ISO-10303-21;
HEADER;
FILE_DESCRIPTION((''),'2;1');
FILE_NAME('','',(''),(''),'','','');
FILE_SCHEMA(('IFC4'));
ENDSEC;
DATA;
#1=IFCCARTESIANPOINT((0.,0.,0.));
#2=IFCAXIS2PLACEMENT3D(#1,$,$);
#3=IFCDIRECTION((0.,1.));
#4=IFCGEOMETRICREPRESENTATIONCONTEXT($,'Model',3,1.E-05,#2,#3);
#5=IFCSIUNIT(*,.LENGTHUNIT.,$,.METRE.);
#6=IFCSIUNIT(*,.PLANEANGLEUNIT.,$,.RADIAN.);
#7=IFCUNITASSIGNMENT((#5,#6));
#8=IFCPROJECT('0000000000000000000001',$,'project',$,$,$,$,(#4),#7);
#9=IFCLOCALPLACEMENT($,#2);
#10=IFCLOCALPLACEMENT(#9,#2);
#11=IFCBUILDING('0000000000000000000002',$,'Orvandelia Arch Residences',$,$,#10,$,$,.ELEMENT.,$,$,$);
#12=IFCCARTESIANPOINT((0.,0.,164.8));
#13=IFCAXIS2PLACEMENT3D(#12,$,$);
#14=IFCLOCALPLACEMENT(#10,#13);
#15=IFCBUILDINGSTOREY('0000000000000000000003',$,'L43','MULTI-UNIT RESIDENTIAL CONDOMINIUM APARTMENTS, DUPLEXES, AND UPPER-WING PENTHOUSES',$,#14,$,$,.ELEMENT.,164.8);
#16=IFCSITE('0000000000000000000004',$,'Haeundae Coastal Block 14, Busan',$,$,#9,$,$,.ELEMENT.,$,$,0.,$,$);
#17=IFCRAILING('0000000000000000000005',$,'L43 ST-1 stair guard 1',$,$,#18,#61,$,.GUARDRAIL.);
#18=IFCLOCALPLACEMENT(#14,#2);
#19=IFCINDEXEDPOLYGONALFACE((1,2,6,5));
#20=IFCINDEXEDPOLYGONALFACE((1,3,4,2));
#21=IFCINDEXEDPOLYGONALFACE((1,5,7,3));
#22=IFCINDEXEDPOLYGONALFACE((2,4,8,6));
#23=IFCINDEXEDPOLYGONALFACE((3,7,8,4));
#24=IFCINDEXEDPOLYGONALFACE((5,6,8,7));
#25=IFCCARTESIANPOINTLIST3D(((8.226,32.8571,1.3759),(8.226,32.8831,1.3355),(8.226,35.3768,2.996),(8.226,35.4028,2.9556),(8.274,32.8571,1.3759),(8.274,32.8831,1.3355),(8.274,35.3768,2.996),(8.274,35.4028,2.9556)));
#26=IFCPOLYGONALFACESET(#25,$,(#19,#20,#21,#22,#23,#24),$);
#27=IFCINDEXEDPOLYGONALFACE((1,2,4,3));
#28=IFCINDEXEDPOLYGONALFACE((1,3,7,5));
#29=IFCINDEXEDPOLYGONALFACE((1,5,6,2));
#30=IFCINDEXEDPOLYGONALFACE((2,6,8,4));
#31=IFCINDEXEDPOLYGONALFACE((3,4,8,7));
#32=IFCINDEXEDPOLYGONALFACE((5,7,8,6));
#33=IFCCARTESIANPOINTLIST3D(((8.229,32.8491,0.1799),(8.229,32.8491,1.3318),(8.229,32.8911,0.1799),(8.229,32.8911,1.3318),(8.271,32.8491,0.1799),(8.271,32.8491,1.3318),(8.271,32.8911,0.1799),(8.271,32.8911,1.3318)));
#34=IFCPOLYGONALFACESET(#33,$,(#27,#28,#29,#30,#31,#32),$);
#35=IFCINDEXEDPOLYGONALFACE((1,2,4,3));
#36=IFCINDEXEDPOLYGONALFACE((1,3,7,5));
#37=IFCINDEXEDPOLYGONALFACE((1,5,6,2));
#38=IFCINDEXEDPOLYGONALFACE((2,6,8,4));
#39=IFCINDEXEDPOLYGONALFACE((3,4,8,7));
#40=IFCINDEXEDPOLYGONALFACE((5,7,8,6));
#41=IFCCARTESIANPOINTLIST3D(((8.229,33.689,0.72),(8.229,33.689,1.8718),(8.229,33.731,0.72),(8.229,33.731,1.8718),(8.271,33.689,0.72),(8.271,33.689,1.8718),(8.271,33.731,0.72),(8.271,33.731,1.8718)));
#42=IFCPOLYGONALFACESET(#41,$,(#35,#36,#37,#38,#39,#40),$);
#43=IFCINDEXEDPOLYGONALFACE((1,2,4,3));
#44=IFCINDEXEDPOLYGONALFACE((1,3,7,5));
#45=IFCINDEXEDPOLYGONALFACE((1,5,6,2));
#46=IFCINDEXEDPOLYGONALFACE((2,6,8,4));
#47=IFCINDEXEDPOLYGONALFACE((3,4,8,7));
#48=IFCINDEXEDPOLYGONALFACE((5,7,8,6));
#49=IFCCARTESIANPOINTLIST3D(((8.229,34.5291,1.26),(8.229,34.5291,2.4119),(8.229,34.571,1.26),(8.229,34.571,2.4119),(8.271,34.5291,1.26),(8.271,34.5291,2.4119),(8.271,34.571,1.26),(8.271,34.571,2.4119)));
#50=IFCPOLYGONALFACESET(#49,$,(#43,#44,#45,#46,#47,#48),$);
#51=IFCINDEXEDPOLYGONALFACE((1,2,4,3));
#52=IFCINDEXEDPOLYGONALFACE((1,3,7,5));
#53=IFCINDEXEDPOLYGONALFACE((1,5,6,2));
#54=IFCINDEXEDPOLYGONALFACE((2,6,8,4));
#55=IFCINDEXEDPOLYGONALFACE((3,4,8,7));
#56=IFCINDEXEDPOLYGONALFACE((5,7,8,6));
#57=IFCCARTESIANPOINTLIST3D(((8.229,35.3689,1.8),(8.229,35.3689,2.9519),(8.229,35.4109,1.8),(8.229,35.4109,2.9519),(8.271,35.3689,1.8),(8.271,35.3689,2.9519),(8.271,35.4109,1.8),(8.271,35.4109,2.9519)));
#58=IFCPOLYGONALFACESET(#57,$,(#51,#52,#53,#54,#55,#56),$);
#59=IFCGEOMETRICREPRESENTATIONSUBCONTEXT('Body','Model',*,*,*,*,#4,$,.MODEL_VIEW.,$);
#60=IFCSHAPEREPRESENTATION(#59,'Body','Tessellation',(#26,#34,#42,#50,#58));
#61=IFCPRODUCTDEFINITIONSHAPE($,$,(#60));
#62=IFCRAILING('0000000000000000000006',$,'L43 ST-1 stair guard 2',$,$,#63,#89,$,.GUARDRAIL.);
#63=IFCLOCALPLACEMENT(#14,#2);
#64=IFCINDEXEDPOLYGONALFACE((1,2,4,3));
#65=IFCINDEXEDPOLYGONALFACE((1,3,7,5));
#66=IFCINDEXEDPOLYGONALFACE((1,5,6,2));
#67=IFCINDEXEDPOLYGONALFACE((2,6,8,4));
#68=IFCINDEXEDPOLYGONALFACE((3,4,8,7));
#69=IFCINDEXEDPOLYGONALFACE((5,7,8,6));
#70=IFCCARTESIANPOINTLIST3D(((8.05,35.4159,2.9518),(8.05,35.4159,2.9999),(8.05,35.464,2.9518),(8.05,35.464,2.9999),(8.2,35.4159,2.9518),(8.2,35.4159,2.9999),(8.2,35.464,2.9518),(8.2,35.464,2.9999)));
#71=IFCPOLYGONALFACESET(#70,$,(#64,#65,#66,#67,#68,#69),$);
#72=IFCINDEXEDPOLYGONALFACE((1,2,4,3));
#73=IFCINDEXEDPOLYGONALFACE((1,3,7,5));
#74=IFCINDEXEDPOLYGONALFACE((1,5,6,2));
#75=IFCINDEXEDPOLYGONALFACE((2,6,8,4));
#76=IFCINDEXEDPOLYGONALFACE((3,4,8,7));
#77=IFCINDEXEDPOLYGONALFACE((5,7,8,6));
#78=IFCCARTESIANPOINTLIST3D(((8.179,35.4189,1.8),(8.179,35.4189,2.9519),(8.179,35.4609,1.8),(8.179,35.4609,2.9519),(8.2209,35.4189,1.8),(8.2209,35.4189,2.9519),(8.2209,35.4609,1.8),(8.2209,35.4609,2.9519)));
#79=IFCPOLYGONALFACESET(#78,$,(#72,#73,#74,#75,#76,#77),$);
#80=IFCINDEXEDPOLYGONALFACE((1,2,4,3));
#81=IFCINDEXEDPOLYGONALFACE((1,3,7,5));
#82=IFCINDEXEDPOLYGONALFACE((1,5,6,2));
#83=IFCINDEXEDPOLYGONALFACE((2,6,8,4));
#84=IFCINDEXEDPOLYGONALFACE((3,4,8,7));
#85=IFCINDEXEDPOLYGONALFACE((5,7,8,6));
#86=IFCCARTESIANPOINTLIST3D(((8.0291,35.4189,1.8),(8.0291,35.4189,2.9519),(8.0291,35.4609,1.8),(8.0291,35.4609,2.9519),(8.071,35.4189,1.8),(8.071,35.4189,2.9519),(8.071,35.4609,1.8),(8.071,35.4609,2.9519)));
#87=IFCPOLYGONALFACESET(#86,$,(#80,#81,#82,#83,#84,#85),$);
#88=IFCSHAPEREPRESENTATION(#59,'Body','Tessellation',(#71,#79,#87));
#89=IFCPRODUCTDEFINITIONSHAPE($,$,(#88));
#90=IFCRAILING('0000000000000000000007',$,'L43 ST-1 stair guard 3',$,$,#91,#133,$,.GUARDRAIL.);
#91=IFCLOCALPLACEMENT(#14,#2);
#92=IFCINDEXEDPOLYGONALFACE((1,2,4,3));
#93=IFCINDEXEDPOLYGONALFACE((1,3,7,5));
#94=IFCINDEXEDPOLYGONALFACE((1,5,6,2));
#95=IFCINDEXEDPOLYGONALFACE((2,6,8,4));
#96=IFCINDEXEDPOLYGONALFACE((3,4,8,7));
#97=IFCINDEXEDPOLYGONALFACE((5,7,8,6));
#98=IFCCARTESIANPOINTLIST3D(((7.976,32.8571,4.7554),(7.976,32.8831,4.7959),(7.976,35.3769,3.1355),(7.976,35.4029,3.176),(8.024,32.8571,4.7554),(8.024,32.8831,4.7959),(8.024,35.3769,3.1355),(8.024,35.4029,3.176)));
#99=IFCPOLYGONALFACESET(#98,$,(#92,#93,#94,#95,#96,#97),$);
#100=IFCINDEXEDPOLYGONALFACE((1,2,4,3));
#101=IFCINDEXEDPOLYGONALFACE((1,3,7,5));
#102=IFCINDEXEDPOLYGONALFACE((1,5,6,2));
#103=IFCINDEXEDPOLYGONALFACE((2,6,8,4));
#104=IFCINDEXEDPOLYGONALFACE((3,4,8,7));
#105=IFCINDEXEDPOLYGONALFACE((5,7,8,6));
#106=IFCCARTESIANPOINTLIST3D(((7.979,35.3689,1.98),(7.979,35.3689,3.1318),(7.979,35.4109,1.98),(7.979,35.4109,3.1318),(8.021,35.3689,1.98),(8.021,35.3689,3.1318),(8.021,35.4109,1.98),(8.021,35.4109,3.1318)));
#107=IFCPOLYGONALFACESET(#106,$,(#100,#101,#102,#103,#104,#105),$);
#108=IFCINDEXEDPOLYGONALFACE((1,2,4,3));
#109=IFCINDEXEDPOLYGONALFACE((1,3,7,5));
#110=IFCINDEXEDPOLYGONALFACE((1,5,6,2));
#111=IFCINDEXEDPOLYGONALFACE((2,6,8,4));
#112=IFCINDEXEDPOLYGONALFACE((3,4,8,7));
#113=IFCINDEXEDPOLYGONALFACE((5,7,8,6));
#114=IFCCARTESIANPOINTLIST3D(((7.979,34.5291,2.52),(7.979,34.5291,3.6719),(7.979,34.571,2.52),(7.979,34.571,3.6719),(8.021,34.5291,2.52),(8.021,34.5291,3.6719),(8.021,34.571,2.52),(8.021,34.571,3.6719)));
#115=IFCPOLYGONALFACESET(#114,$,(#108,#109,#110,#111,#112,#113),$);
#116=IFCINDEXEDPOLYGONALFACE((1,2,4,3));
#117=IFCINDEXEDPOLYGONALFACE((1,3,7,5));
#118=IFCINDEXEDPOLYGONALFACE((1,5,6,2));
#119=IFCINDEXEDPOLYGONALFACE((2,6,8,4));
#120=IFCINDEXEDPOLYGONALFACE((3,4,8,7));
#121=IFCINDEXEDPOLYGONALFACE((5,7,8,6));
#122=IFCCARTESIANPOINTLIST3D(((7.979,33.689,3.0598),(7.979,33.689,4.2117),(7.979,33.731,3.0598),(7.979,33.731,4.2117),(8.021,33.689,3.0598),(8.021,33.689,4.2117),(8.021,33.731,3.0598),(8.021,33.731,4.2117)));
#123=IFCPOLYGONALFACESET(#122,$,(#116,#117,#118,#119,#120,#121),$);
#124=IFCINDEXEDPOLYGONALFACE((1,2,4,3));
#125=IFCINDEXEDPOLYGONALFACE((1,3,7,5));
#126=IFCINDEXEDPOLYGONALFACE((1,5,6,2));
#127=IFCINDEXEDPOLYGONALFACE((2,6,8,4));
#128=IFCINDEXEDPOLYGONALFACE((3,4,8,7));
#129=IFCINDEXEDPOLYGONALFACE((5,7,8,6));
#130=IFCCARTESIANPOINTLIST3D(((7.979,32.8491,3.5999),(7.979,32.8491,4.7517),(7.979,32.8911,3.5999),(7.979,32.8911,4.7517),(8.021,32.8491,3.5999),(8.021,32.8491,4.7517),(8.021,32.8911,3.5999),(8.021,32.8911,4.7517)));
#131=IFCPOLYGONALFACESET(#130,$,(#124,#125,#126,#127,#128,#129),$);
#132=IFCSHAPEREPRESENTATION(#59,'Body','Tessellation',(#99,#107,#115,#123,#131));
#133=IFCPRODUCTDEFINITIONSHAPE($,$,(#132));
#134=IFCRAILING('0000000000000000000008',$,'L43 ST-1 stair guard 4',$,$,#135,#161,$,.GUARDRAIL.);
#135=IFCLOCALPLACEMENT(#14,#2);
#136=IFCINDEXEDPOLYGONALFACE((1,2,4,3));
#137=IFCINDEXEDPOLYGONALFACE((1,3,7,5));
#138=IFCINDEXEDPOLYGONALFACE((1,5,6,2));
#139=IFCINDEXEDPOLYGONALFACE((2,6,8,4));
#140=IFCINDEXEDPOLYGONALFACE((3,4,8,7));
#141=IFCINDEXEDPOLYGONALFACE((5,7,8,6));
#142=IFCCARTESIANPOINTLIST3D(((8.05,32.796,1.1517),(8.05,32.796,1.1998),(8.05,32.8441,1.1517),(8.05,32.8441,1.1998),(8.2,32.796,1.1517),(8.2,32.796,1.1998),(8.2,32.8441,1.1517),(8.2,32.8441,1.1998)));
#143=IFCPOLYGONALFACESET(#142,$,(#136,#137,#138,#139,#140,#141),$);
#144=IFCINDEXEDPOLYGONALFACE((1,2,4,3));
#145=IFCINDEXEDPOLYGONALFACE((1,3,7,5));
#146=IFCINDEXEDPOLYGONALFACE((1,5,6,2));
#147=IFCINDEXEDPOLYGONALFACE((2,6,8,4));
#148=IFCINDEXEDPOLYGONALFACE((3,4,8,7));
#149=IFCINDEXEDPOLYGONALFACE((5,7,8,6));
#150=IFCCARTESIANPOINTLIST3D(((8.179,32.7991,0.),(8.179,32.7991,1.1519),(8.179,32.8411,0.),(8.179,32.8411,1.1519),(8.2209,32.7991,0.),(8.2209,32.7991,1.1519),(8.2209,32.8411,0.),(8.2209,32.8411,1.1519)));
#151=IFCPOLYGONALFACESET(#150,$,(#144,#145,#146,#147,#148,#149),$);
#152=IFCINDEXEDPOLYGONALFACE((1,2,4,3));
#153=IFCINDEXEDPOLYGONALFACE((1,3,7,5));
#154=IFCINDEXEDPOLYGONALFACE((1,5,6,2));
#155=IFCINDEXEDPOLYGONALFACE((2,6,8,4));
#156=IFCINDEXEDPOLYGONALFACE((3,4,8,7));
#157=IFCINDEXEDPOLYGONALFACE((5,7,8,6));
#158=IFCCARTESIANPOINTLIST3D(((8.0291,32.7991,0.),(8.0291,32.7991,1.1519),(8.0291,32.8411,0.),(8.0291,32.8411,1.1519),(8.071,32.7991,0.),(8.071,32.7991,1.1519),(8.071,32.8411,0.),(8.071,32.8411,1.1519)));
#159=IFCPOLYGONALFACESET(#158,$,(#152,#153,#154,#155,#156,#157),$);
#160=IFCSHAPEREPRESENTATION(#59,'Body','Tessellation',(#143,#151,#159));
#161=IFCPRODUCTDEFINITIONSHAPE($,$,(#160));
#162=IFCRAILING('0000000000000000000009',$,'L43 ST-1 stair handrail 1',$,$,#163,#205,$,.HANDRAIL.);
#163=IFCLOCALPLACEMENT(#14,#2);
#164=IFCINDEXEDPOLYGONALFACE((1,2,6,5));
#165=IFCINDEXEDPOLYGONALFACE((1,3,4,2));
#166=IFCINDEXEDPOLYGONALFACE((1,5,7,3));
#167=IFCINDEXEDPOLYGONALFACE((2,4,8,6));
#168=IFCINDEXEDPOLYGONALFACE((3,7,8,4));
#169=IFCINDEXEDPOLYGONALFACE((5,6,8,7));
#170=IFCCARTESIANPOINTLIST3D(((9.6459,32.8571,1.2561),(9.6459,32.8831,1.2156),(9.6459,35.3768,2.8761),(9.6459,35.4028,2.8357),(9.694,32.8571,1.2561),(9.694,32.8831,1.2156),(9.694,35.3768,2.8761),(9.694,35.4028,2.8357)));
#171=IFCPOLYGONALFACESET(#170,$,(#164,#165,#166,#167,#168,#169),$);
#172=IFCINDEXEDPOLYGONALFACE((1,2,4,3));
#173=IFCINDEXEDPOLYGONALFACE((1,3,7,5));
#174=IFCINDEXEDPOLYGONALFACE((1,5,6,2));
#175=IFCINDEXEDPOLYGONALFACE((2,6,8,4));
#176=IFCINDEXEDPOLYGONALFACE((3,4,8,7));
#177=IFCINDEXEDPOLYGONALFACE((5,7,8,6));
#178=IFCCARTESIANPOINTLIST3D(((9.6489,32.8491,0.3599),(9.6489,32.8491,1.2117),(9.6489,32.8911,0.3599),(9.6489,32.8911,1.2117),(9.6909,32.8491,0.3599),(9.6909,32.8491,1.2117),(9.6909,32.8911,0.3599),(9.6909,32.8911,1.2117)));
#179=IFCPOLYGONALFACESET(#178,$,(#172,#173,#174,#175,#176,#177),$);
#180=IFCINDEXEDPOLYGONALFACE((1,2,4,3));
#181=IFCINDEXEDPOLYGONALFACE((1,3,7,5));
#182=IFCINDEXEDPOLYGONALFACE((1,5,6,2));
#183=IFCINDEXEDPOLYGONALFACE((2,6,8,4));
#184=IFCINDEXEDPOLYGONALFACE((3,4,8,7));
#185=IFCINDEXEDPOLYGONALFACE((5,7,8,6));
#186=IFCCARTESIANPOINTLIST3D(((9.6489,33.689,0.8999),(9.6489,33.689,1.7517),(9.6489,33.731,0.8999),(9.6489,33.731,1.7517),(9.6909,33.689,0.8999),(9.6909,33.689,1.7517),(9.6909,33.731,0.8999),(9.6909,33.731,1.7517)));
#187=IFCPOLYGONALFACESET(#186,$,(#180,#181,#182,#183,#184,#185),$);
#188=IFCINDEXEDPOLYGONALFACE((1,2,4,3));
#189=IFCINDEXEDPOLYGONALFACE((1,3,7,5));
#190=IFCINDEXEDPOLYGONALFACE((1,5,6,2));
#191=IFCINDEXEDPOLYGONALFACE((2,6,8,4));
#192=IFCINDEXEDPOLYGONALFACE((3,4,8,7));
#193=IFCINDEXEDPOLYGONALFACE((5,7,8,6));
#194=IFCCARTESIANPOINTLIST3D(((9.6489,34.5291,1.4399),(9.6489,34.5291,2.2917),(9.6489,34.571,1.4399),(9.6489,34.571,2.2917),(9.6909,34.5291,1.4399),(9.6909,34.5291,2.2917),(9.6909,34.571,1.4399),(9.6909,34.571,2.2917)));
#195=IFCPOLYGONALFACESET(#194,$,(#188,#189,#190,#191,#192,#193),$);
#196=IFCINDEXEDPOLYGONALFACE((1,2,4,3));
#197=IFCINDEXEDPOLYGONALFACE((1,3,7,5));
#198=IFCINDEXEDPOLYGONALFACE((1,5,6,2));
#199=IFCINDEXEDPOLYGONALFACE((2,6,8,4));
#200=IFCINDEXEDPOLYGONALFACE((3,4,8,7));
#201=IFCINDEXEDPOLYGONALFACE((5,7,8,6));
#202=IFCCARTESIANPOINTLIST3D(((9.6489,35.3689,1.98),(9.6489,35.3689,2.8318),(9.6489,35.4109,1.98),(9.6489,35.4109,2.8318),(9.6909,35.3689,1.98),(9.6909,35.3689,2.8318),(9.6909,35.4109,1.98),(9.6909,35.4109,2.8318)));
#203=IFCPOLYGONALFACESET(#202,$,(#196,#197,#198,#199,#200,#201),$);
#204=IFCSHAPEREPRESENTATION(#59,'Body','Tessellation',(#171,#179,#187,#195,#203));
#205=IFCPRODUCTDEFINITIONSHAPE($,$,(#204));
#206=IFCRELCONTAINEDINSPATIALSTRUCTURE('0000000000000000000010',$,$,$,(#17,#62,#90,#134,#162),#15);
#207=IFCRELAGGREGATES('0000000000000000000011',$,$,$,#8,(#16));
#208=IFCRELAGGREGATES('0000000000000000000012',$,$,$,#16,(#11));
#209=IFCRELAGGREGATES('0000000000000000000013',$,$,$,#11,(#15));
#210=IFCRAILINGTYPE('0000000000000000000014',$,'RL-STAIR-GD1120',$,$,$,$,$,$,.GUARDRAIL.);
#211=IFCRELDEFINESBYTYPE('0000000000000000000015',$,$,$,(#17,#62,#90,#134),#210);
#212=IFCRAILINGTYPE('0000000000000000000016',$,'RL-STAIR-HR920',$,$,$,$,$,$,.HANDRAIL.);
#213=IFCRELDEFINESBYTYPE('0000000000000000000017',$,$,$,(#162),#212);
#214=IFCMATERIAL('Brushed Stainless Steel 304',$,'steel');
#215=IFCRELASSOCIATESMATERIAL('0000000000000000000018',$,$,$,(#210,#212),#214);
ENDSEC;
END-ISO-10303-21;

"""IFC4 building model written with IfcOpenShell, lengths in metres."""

from ifc_helpers import new_model, si_unit, direction, frame, origin, origin_2d, place, context, subcontext, project, spatial, rectangle, extrude, material, type_object, element, save


model = new_model("IFC4")

# Units and contexts
model_context = context("Model", 3, precision=1e-05, world=origin(), true_north=direction((0.0, 1.0)))
body_context = subcontext(model_context, "Body", "Model", "MODEL_VIEW")
ifc_project = project(units=[si_unit("LENGTHUNIT", "METRE"), si_unit("PLANEANGLEUNIT", "RADIAN")], contexts=[model_context])

# Site, building, storey
site_placement = place(None, origin())
site = spatial("IfcSite", under=ifc_project, at=site_placement, Name="Haeundae Coastal Block 14, Busan", CompositionType="ELEMENT", RefElevation=0.0)
building_placement = place(site_placement, origin())
building = spatial("IfcBuilding", under=site, at=building_placement, Name="Orvandelia Arch Residences", CompositionType="ELEMENT")
storey_placement = place(building_placement, frame((0.0, 0.0, 164.8)))
storey = spatial("IfcBuildingStorey", under=building, at=storey_placement, Name="L43", Description="MULTI-UNIT RESIDENTIAL CONDOMINIUM APARTMENTS, DUPLEXES, AND UPPER-WING PENTHOUSES", CompositionType="ELEMENT", Elevation=164.8)

# Railings
ifc_material_1 = material(Name="Brushed Stainless Steel 304", Category="steel")
railing_type_1 = type_object("IfcRailingType", Name="RL-STAIR-GD1120", PredefinedType="GUARDRAIL", material=ifc_material_1)
railing_1_placement = place(storey_placement, frame((8.25, 32.8701, 0.1799)))
element("IfcRailing", 1, at=railing_1_placement, inside=storey, type_object=railing_type_1, Name="L43 ST-1 stair guard 1", PredefinedType="GUARDRAIL", context=body_context, shape_type="SweptSolid", body=[
    extrude(rectangle(XDim=0.0481, YDim=0.0481, at=origin_2d()), frame((0.0, 0.0, 1.1758), z_axis=(0.0, 0.841139, 0.540819), x_axis=(-1.0, 0.0, 0.0)), (0.0, 0.0, 1.0), 2.9956),
    extrude(rectangle(XDim=0.042, YDim=0.042, at=origin_2d()), origin(), (0.0, 0.0, 1.0), 1.1519),
    extrude(rectangle(XDim=0.042, YDim=0.042, at=origin_2d()), frame((0.0, 0.8398, 0.54)), (0.0, 0.0, 1.0), 1.1519),
    extrude(rectangle(XDim=0.042, YDim=0.042, at=origin_2d()), frame((0.0, 1.6799, 1.0801)), (0.0, 0.0, 1.0), 1.1519),
    extrude(rectangle(XDim=0.042, YDim=0.042, at=origin_2d()), frame((0.0, 2.5198, 1.6201)), (0.0, 0.0, 1.0), 1.1519),
])
railing_2_placement = place(storey_placement, frame((8.2, 35.4399, 1.8)))
element("IfcRailing", 2, at=railing_2_placement, inside=storey, type_object=railing_type_1, Name="L43 ST-1 stair guard 2", PredefinedType="GUARDRAIL", context=body_context, shape_type="SweptSolid", body=[
    extrude(rectangle(XDim=0.0481, YDim=0.0481, at=origin_2d()), frame((0.0, 0.0, 1.1758), z_axis=(-1.0, 0.0, 0.0), x_axis=(0.0, -1.0, 0.0)), (0.0, 0.0, 1.0), 0.1499),
    extrude(rectangle(XDim=0.042, YDim=0.042, at=origin_2d()), origin(), (0.0, 0.0, 1.0), 1.1519),
    extrude(rectangle(XDim=0.042, YDim=0.042, at=origin_2d()), frame((-0.1499, 0.0, 0.0)), (0.0, 0.0, 1.0), 1.1519),
])
railing_3_placement = place(storey_placement, frame((8.0, 35.3899, 1.98)))
element("IfcRailing", 3, at=railing_3_placement, inside=storey, type_object=railing_type_1, Name="L43 ST-1 stair guard 3", PredefinedType="GUARDRAIL", context=body_context, shape_type="SweptSolid", body=[
    extrude(rectangle(XDim=0.0481, YDim=0.0481, at=origin_2d()), frame((0.0, 0.0, 1.1758), z_axis=(0.0, -0.841176, 0.540762), x_axis=(1.0, 0.0, 0.0)), (0.0, 0.0, 1.0), 2.9956),
    extrude(rectangle(XDim=0.042, YDim=0.042, at=origin_2d()), origin(), (0.0, 0.0, 1.0), 1.1519),
    extrude(rectangle(XDim=0.042, YDim=0.042, at=origin_2d()), frame((0.0, -0.8398, 0.54)), (0.0, 0.0, 1.0), 1.1519),
    extrude(rectangle(XDim=0.042, YDim=0.042, at=origin_2d()), frame((0.0, -1.6799, 1.0798)), (0.0, 0.0, 1.0), 1.1519),
    extrude(rectangle(XDim=0.042, YDim=0.042, at=origin_2d()), frame((0.0, -2.5198, 1.6199)), (0.0, 0.0, 1.0), 1.1519),
])
railing_4_placement = place(storey_placement, frame((8.2, 32.8201, 0.0)))
element("IfcRailing", 4, at=railing_4_placement, inside=storey, type_object=railing_type_1, Name="L43 ST-1 stair guard 4", PredefinedType="GUARDRAIL", context=body_context, shape_type="SweptSolid", body=[
    extrude(rectangle(XDim=0.0481, YDim=0.0481, at=origin_2d()), frame((0.0, 0.0, 1.1758), z_axis=(-1.0, 0.0, 0.0), x_axis=(0.0, -1.0, 0.0)), (0.0, 0.0, 1.0), 0.1499),
    extrude(rectangle(XDim=0.042, YDim=0.042, at=origin_2d()), origin(), (0.0, 0.0, 1.0), 1.1519),
    extrude(rectangle(XDim=0.042, YDim=0.042, at=origin_2d()), frame((-0.1499, 0.0, 0.0)), (0.0, 0.0, 1.0), 1.1519),
])
railing_type_2 = type_object("IfcRailingType", Name="RL-STAIR-HR920", PredefinedType="HANDRAIL", material=ifc_material_1)
railing_5_placement = place(storey_placement, frame((9.6699, 32.8701, 0.3599)))
element("IfcRailing", 5, at=railing_5_placement, inside=storey, type_object=railing_type_2, Name="L43 ST-1 stair handrail 1", PredefinedType="HANDRAIL", context=body_context, shape_type="SweptSolid", body=[
    extrude(rectangle(XDim=0.0481, YDim=0.0481, at=origin_2d()), frame((0.0, 0.0, 0.876), z_axis=(0.0, 0.841139, 0.540819), x_axis=(-1.0, 0.0, 0.0)), (0.0, 0.0, 1.0), 2.9956),
    extrude(rectangle(XDim=0.042, YDim=0.042, at=origin_2d()), origin(), (0.0, 0.0, 1.0), 0.8518),
    extrude(rectangle(XDim=0.042, YDim=0.042, at=origin_2d()), frame((0.0, 0.8398, 0.54)), (0.0, 0.0, 1.0), 0.8518),
    extrude(rectangle(XDim=0.042, YDim=0.042, at=origin_2d()), frame((0.0, 1.6799, 1.0801)), (0.0, 0.0, 1.0), 0.8518),
    extrude(rectangle(XDim=0.042, YDim=0.042, at=origin_2d()), frame((0.0, 2.5198, 1.6201)), (0.0, 0.0, 1.0), 0.8518),
])

save(model, "model.ifc")
